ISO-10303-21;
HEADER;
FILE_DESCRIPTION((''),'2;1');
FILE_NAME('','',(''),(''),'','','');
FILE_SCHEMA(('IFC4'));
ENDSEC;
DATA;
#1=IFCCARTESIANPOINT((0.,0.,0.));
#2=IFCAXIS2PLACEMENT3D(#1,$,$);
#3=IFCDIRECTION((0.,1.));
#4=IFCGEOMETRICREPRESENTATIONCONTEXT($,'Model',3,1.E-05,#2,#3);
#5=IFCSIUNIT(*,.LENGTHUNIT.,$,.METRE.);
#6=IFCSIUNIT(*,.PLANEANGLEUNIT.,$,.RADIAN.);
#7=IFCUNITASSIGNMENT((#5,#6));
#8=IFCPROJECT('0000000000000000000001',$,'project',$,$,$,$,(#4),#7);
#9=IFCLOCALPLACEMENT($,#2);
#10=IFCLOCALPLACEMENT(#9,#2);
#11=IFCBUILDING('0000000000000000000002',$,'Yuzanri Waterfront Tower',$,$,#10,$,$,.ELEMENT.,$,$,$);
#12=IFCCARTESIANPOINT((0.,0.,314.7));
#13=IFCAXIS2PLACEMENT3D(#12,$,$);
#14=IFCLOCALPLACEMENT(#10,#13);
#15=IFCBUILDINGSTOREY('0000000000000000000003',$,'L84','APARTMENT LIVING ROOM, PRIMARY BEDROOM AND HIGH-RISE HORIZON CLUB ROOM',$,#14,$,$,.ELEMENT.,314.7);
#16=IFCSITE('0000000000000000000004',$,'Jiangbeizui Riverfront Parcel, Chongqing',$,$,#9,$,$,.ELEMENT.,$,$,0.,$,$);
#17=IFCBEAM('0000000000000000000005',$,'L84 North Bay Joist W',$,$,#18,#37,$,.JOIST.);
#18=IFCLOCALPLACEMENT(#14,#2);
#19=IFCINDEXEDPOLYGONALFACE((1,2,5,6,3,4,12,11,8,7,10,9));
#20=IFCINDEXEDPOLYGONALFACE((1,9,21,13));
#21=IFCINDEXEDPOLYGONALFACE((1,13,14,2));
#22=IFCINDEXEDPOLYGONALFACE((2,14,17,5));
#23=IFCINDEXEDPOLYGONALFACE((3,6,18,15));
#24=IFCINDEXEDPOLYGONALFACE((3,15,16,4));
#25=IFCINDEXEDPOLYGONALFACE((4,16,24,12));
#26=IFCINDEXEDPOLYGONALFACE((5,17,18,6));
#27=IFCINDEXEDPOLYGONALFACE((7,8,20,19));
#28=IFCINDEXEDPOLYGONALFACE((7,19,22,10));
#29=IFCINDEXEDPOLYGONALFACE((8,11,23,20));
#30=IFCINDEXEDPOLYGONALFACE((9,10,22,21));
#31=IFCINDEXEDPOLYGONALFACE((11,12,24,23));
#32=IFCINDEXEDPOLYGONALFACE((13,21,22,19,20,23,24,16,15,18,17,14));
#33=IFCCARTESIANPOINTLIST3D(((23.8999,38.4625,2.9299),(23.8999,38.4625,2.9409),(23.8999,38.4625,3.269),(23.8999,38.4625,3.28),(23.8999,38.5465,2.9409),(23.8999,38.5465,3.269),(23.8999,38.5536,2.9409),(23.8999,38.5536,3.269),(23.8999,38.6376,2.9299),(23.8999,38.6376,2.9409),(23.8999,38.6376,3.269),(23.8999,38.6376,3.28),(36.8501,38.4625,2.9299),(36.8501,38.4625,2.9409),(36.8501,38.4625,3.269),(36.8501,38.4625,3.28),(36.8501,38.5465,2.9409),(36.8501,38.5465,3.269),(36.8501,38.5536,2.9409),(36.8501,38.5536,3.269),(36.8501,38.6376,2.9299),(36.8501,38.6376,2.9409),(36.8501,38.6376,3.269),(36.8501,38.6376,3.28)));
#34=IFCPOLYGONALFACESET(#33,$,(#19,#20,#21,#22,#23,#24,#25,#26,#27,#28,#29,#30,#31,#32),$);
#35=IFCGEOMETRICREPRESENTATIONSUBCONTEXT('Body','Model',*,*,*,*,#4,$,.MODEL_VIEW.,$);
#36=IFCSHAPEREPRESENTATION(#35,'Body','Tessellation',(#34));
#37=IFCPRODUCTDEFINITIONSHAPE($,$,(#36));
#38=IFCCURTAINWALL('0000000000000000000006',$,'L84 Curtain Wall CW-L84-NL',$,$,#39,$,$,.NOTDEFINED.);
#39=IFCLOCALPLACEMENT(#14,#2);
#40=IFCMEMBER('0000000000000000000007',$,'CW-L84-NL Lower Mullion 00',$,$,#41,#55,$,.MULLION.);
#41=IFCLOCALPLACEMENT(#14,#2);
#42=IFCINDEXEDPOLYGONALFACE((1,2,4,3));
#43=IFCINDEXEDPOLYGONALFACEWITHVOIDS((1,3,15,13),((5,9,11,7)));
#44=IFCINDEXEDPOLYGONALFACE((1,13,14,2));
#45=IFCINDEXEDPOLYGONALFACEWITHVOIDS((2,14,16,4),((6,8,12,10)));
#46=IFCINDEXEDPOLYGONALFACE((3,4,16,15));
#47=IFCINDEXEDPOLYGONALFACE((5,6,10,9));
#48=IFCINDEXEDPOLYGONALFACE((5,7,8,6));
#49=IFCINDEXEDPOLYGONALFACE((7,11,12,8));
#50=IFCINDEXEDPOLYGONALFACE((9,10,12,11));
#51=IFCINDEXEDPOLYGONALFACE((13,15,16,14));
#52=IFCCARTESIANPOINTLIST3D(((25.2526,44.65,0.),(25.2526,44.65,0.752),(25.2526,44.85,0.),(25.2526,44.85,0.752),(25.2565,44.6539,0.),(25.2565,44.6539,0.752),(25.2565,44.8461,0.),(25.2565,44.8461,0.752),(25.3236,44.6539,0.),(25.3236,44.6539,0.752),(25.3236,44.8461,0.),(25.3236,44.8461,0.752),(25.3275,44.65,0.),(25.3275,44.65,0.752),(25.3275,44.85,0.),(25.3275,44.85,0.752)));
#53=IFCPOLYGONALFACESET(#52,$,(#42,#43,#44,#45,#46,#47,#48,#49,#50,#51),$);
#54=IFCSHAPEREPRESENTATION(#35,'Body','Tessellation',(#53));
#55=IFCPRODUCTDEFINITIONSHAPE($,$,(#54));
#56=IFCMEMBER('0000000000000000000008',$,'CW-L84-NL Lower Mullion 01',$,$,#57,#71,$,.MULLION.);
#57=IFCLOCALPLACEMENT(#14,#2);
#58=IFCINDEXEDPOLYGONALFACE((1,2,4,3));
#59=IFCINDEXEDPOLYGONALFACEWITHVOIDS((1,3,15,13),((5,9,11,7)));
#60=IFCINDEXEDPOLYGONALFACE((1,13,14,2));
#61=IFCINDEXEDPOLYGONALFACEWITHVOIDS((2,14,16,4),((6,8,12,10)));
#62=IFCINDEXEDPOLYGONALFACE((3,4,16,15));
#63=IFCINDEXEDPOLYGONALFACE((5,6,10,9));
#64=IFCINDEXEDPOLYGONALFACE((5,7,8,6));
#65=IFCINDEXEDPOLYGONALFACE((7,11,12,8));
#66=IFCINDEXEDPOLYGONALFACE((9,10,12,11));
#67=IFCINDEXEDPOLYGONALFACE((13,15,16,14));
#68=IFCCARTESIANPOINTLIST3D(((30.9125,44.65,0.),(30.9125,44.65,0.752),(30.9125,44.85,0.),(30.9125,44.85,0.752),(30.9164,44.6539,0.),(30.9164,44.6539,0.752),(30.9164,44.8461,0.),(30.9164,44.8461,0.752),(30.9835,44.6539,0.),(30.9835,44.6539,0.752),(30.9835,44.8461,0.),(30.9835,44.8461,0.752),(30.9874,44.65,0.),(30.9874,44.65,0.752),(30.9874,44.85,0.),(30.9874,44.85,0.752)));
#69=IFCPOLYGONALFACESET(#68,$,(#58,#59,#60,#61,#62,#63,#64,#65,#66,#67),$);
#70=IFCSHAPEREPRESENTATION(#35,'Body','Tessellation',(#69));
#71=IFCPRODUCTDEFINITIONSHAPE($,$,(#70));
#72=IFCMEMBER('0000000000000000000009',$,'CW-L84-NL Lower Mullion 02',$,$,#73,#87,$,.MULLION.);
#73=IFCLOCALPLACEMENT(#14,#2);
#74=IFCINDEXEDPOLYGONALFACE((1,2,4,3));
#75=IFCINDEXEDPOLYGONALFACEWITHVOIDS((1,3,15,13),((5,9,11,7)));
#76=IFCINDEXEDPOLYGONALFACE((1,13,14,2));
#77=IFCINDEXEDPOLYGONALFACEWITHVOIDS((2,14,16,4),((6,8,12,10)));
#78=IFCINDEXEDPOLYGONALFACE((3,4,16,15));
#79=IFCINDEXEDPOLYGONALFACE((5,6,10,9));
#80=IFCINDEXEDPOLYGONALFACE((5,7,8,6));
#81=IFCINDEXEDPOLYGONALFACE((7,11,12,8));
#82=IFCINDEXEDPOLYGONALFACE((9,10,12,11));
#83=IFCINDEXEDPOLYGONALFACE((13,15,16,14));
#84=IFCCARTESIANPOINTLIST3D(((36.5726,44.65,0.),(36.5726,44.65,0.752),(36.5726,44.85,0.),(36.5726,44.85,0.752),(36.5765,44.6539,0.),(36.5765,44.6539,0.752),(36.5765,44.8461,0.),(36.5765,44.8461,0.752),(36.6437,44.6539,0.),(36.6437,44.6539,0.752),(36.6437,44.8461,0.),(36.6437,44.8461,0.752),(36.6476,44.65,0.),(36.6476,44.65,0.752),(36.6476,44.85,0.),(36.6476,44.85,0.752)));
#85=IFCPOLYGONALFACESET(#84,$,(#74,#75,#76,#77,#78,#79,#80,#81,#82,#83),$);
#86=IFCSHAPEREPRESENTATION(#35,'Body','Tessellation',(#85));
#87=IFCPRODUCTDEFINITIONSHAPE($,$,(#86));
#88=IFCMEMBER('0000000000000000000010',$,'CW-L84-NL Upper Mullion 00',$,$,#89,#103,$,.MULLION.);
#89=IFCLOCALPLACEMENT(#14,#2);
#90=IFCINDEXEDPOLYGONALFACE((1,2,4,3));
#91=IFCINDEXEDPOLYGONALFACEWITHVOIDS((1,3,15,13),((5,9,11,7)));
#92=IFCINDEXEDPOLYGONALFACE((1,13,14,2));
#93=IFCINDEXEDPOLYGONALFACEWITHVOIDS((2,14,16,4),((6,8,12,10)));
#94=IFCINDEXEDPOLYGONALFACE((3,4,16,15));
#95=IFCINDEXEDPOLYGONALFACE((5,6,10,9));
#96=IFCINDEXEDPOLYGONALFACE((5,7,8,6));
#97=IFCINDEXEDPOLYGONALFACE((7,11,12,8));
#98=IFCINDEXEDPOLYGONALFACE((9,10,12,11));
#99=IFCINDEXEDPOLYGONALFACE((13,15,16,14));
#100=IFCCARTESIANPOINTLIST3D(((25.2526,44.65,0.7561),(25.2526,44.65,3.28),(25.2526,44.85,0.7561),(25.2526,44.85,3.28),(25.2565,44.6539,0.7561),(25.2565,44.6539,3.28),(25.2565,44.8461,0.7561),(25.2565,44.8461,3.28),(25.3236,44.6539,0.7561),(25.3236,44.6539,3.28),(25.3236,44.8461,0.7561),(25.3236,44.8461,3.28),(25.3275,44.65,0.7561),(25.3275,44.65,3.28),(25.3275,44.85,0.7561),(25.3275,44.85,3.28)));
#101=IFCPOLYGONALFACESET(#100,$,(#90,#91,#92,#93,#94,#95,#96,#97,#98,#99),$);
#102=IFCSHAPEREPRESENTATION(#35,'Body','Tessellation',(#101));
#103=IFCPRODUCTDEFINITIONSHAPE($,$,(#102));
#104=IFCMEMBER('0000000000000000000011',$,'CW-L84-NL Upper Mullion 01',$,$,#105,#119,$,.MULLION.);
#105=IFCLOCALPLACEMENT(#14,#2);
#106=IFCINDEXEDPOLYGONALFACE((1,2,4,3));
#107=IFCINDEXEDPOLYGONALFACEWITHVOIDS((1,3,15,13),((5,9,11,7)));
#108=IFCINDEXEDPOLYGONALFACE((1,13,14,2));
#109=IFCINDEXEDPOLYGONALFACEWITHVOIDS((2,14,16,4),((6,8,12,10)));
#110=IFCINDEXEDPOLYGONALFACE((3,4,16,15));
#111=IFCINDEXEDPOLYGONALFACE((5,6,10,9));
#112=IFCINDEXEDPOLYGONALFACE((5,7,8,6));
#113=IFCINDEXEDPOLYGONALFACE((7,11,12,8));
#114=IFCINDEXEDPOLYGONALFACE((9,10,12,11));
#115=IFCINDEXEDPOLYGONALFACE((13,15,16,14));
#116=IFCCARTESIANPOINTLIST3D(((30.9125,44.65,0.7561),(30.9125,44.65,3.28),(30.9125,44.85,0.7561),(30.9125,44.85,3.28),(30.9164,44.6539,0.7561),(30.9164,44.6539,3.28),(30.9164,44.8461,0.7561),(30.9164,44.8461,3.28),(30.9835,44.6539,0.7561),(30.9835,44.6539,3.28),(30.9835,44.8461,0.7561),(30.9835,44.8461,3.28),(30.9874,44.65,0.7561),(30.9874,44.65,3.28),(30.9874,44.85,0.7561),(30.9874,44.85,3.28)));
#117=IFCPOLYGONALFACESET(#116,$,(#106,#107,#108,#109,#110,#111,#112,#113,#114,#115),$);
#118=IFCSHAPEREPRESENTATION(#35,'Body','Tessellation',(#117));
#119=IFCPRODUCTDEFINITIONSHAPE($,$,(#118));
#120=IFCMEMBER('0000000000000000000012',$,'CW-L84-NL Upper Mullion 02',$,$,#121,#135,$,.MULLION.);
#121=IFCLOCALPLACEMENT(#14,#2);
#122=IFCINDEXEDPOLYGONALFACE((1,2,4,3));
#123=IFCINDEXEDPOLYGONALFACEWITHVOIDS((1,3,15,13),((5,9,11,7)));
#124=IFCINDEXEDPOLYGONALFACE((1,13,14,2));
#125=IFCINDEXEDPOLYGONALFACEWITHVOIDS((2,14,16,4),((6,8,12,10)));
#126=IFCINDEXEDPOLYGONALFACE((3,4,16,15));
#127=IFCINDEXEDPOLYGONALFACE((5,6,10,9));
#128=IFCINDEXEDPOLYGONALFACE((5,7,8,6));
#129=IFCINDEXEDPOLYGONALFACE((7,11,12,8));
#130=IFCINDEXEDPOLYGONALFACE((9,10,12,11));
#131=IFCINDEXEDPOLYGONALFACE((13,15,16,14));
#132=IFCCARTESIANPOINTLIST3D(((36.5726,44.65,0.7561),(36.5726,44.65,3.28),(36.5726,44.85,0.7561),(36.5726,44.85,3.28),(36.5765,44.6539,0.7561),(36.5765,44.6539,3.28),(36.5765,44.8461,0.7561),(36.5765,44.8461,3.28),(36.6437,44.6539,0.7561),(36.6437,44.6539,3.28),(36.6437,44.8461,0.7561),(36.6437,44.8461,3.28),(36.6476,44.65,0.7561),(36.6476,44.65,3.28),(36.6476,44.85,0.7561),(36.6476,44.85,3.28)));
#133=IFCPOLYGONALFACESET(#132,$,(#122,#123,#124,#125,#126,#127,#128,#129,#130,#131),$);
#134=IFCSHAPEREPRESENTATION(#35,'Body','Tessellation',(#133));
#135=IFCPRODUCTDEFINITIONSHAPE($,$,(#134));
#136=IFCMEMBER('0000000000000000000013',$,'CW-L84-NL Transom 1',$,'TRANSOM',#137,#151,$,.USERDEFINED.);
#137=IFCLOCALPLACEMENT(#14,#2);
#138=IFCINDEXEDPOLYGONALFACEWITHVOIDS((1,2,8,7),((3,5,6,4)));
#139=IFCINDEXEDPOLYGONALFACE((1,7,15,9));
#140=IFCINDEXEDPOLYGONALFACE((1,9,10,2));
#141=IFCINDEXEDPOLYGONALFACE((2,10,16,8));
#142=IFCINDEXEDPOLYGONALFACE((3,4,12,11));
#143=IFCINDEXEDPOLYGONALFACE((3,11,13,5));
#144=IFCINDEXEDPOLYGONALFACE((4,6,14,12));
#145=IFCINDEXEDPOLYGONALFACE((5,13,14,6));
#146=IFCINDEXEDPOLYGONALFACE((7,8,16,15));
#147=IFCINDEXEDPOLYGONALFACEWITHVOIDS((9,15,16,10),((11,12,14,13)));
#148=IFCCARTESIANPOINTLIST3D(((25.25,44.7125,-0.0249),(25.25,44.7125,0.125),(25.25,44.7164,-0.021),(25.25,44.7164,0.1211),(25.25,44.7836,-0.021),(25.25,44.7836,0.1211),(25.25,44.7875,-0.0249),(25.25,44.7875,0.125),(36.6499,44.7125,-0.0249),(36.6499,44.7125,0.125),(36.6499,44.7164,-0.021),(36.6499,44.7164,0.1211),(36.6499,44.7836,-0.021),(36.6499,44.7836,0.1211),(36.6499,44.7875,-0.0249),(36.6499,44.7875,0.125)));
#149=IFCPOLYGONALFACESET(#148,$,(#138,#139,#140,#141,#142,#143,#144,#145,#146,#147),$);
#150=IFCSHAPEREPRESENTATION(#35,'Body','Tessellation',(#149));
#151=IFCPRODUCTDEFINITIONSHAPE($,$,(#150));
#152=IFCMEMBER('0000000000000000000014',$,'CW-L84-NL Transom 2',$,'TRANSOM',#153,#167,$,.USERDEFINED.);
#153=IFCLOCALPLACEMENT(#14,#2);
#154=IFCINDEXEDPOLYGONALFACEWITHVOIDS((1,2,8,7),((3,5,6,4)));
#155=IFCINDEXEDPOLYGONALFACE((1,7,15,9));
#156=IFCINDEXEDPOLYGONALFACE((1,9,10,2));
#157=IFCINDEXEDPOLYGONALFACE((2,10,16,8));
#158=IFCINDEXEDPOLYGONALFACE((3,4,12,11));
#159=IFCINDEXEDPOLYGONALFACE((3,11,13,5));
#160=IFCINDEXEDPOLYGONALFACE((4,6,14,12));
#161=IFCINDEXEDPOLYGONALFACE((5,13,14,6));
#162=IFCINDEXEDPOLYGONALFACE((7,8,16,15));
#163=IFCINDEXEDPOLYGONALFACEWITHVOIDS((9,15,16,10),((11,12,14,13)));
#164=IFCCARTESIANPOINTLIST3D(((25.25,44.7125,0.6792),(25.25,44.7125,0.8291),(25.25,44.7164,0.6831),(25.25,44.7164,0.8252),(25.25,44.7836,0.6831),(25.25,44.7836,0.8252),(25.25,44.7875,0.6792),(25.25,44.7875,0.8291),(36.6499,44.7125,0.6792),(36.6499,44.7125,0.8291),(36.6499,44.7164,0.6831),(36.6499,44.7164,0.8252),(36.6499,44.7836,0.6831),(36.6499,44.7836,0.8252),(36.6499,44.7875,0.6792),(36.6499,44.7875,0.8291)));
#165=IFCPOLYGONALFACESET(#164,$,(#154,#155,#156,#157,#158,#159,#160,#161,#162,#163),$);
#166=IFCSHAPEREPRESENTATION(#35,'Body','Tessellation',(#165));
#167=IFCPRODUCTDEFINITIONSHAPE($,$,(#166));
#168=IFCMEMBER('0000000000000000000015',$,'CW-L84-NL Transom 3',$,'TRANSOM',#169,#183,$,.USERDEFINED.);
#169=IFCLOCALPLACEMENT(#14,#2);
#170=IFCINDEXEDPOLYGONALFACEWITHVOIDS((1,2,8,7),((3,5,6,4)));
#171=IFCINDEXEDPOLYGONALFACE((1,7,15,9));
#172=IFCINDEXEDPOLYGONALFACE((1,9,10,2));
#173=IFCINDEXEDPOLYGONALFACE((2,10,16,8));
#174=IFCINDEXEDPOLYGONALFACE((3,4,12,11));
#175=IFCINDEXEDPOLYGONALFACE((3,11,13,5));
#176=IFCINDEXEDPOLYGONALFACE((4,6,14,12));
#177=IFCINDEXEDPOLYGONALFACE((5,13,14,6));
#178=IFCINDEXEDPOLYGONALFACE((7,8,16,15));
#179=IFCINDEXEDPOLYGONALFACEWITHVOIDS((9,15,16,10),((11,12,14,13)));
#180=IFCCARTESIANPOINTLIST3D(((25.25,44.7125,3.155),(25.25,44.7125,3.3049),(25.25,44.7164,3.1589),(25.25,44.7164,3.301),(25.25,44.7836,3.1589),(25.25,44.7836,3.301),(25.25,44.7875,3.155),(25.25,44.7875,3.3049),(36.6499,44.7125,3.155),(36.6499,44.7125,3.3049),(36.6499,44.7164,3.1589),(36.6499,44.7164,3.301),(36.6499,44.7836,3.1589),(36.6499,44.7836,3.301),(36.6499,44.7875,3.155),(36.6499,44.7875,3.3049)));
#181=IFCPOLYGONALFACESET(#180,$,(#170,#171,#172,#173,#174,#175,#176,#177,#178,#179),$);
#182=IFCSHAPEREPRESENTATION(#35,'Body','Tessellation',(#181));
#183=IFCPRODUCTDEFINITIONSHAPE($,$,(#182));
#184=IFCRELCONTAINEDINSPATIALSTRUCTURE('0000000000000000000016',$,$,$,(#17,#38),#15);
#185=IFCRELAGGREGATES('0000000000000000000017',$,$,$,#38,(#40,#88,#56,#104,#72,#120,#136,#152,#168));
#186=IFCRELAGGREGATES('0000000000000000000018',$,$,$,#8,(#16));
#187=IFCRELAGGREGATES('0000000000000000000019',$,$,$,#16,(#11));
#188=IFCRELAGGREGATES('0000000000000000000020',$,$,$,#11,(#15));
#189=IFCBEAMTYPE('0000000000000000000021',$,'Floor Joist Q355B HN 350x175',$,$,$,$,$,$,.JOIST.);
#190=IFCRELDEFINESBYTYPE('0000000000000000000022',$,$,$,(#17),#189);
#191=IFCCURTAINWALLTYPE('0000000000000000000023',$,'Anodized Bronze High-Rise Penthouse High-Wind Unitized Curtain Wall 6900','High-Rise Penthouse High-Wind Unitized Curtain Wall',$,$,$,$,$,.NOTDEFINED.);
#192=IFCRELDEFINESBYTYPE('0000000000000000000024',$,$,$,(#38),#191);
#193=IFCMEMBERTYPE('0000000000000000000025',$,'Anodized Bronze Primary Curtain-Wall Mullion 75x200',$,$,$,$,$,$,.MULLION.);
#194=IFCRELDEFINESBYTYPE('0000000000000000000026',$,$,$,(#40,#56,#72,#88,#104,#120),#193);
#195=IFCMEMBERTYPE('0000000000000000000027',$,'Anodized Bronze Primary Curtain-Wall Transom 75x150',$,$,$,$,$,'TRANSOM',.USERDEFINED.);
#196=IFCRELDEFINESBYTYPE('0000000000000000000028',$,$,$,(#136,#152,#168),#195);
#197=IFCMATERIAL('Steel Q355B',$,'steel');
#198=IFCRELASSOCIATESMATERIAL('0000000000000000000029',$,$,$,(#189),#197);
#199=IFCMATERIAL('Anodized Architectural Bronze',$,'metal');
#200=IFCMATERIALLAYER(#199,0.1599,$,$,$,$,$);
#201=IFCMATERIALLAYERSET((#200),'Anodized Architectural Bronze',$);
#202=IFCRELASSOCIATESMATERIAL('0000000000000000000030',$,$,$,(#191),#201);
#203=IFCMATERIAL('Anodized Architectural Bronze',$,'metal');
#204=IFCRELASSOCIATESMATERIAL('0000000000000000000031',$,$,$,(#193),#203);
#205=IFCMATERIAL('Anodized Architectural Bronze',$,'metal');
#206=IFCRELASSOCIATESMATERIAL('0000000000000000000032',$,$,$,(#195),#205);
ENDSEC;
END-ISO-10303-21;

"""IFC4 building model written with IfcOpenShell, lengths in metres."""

from ifc_helpers import new_model, si_unit, direction, frame, origin, origin_2d, place, context, subcontext, project, spatial, hollow_rectangle, i_section, extrude, source, transform, mapped, material, layer, layer_set, material_profile, profile_set, type_object, element, aggregate, save


model = new_model("IFC4")

# Units and contexts
model_context = context("Model", 3, precision=1e-05, world=origin(), true_north=direction((0.0, 1.0)))
body_context = subcontext(model_context, "Body", "Model", "MODEL_VIEW")
ifc_project = project(units=[si_unit("LENGTHUNIT", "METRE"), si_unit("PLANEANGLEUNIT", "RADIAN")], contexts=[model_context])

# Site, building, storey
site_placement = place(None, origin())
site = spatial("IfcSite", under=ifc_project, at=site_placement, Name="Jiangbeizui Riverfront Parcel, Chongqing", CompositionType="ELEMENT", RefElevation=0.0)
building_placement = place(site_placement, origin())
building = spatial("IfcBuilding", under=site, at=building_placement, Name="Yuzanri Waterfront Tower", CompositionType="ELEMENT")
storey_placement = place(building_placement, frame((0.0, 0.0, 314.7)))
storey = spatial("IfcBuildingStorey", under=building, at=storey_placement, Name="L84", Description="APARTMENT LIVING ROOM, PRIMARY BEDROOM AND HIGH-RISE HORIZON CLUB ROOM", CompositionType="ELEMENT", Elevation=314.7)

# Beam
ifc_material_1 = material(Name="Steel Q355B", Category="steel")
ifc_material_profile_1 = material_profile(ifc_material_1, i_section(OverallWidth=0.175, OverallDepth=0.3501, WebThickness=0.0071, FlangeThickness=0.011, at=origin_2d()), Name="HN 350x175x7x11")
ifc_profile_set_1 = profile_set([ifc_material_profile_1], Name="Steel Q355B")
beam_type = type_object("IfcBeamType", Name="Floor Joist Q355B HN 350x175", PredefinedType="JOIST", material=ifc_profile_set_1)
shared_shape_1 = source(origin(), body_context, "Body", "SweptSolid", [
    extrude(i_section(OverallWidth=0.175, OverallDepth=0.3501, WebThickness=0.0071, FlangeThickness=0.011, at=origin_2d()), origin(), (0.0, 0.0, 1.0), 12.9502),
])
beam_placement = place(storey_placement, frame((23.8999, 38.55, 3.105), z_axis=(1.0, 0.0, 0.0), x_axis=(0.0, 1.0, 0.0)))
element("IfcBeam", 1, at=beam_placement, inside=storey, type_object=beam_type, Name="L84 North Bay Joist W", PredefinedType="JOIST", context=body_context, shape_type="MappedRepresentation", body=[
    mapped(shared_shape_1, transform((0.0, 0.0, 0.0), scale=1.0)),
])

# Curtain wall, members
ifc_material_2 = material(Name="Anodized Architectural Bronze", Category="metal")
ifc_layer_1 = layer(ifc_material_2, 0.1599)
ifc_layer_set_1 = layer_set([ifc_layer_1], Name="Anodized Architectural Bronze")
curtain_wall_type = type_object("IfcCurtainWallType", Name="Anodized Bronze High-Rise Penthouse High-Wind Unitized Curtain Wall 6900", Description="High-Rise Penthouse High-Wind Unitized Curtain Wall", PredefinedType="NOTDEFINED", material=ifc_layer_set_1)
curtain_wall_placement = place(storey_placement, origin())
curtain_wall = element("IfcCurtainWall", 2, at=curtain_wall_placement, inside=storey, type_object=curtain_wall_type, Name="L84 Curtain Wall CW-L84-NL", PredefinedType="NOTDEFINED")
ifc_material_3 = material(Name="Anodized Architectural Bronze", Category="metal")
ifc_material_profile_2 = material_profile(ifc_material_3, hollow_rectangle(XDim=0.075, YDim=0.2, WallThickness=0.0039, at=origin_2d()), Name="CWM 75x200")
ifc_profile_set_2 = profile_set([ifc_material_profile_2], Name="Anodized Architectural Bronze")
member_type_1 = type_object("IfcMemberType", Name="Anodized Bronze Primary Curtain-Wall Mullion 75x200", PredefinedType="MULLION", material=ifc_profile_set_2)
shared_shape_2 = source(origin(), body_context, "Body", "SweptSolid", [
    extrude(hollow_rectangle(XDim=0.075, YDim=0.2, WallThickness=0.0039, at=origin_2d()), origin(), (0.0, 0.0, 1.0), 0.752),
])
member_1_placement = place(storey_placement, frame((25.29, 44.75, 0.0), z_axis=(0.0, 0.0, 1.0), x_axis=(1.0, 0.0, 0.0)))
member_1 = element("IfcMember", 3, at=member_1_placement, type_object=member_type_1, Name="CW-L84-NL Lower Mullion 00", PredefinedType="MULLION", context=body_context, shape_type="MappedRepresentation", body=[
    mapped(shared_shape_2, transform((0.0, 0.0, 0.0), scale=1.0)),
])
member_2_placement = place(storey_placement, frame((30.95, 44.75, 0.0), z_axis=(0.0, 0.0, 1.0), x_axis=(1.0, 0.0, 0.0)))
member_2 = element("IfcMember", 4, at=member_2_placement, type_object=member_type_1, Name="CW-L84-NL Lower Mullion 01", PredefinedType="MULLION", context=body_context, shape_type="MappedRepresentation", body=[
    mapped(shared_shape_2, transform((0.0, 0.0, 0.0), scale=1.0)),
])
member_3_placement = place(storey_placement, frame((36.6101, 44.75, 0.0), z_axis=(0.0, 0.0, 1.0), x_axis=(1.0, 0.0, 0.0)))
member_3 = element("IfcMember", 5, at=member_3_placement, type_object=member_type_1, Name="CW-L84-NL Lower Mullion 02", PredefinedType="MULLION", context=body_context, shape_type="MappedRepresentation", body=[
    mapped(shared_shape_2, transform((0.0, 0.0, 0.0), scale=1.0)),
])
shared_shape_3 = source(origin(), body_context, "Body", "SweptSolid", [
    extrude(hollow_rectangle(XDim=0.075, YDim=0.2, WallThickness=0.0039, at=origin_2d()), origin(), (0.0, 0.0, 1.0), 2.5239),
])
member_4_placement = place(storey_placement, frame((25.29, 44.75, 0.7561), z_axis=(0.0, 0.0, 1.0), x_axis=(1.0, 0.0, 0.0)))
member_4 = element("IfcMember", 6, at=member_4_placement, type_object=member_type_1, Name="CW-L84-NL Upper Mullion 00", PredefinedType="MULLION", context=body_context, shape_type="MappedRepresentation", body=[
    mapped(shared_shape_3, transform((0.0, 0.0, 0.0), scale=1.0)),
])
member_5_placement = place(storey_placement, frame((30.95, 44.75, 0.7561), z_axis=(0.0, 0.0, 1.0), x_axis=(1.0, 0.0, 0.0)))
member_5 = element("IfcMember", 7, at=member_5_placement, type_object=member_type_1, Name="CW-L84-NL Upper Mullion 01", PredefinedType="MULLION", context=body_context, shape_type="MappedRepresentation", body=[
    mapped(shared_shape_3, transform((0.0, 0.0, 0.0), scale=1.0)),
])
member_6_placement = place(storey_placement, frame((36.6101, 44.75, 0.7561), z_axis=(0.0, 0.0, 1.0), x_axis=(1.0, 0.0, 0.0)))
member_6 = element("IfcMember", 8, at=member_6_placement, type_object=member_type_1, Name="CW-L84-NL Upper Mullion 02", PredefinedType="MULLION", context=body_context, shape_type="MappedRepresentation", body=[
    mapped(shared_shape_3, transform((0.0, 0.0, 0.0), scale=1.0)),
])
ifc_material_4 = material(Name="Anodized Architectural Bronze", Category="metal")
ifc_material_profile_3 = material_profile(ifc_material_4, hollow_rectangle(XDim=0.075, YDim=0.1499, WallThickness=0.0039, at=origin_2d()), Name="CWT 75x150")
ifc_profile_set_3 = profile_set([ifc_material_profile_3], Name="Anodized Architectural Bronze")
member_type_2 = type_object("IfcMemberType", Name="Anodized Bronze Primary Curtain-Wall Transom 75x150", ElementType="TRANSOM", PredefinedType="USERDEFINED", material=ifc_profile_set_3)
shared_shape_4 = source(origin(), body_context, "Body", "SweptSolid", [
    extrude(hollow_rectangle(XDim=0.075, YDim=0.1499, WallThickness=0.0039, at=origin_2d()), origin(), (0.0, 0.0, 1.0), 11.3999),
])
member_7_placement = place(storey_placement, frame((25.25, 44.75, 0.05), z_axis=(1.0, 0.0, 0.0), x_axis=(0.0, 1.0, 0.0)))
member_7 = element("IfcMember", 9, at=member_7_placement, type_object=member_type_2, Name="CW-L84-NL Transom 1", ObjectType="TRANSOM", PredefinedType="USERDEFINED", context=body_context, shape_type="MappedRepresentation", body=[
    mapped(shared_shape_4, transform((0.0, 0.0, 0.0), scale=1.0)),
])
member_8_placement = place(storey_placement, frame((25.25, 44.75, 0.7542), z_axis=(1.0, 0.0, 0.0), x_axis=(0.0, 1.0, 0.0)))
member_8 = element("IfcMember", 10, at=member_8_placement, type_object=member_type_2, Name="CW-L84-NL Transom 2", ObjectType="TRANSOM", PredefinedType="USERDEFINED", context=body_context, shape_type="MappedRepresentation", body=[
    mapped(shared_shape_4, transform((0.0, 0.0, 0.0), scale=1.0)),
])
member_9_placement = place(storey_placement, frame((25.25, 44.75, 3.23), z_axis=(1.0, 0.0, 0.0), x_axis=(0.0, 1.0, 0.0)))
member_9 = element("IfcMember", 11, at=member_9_placement, type_object=member_type_2, Name="CW-L84-NL Transom 3", ObjectType="TRANSOM", PredefinedType="USERDEFINED", context=body_context, shape_type="MappedRepresentation", body=[
    mapped(shared_shape_4, transform((0.0, 0.0, 0.0), scale=1.0)),
])
aggregate(curtain_wall, [member_1, member_4, member_2, member_5, member_3, member_6, member_7, member_8, member_9])

save(model, "model.ifc")
